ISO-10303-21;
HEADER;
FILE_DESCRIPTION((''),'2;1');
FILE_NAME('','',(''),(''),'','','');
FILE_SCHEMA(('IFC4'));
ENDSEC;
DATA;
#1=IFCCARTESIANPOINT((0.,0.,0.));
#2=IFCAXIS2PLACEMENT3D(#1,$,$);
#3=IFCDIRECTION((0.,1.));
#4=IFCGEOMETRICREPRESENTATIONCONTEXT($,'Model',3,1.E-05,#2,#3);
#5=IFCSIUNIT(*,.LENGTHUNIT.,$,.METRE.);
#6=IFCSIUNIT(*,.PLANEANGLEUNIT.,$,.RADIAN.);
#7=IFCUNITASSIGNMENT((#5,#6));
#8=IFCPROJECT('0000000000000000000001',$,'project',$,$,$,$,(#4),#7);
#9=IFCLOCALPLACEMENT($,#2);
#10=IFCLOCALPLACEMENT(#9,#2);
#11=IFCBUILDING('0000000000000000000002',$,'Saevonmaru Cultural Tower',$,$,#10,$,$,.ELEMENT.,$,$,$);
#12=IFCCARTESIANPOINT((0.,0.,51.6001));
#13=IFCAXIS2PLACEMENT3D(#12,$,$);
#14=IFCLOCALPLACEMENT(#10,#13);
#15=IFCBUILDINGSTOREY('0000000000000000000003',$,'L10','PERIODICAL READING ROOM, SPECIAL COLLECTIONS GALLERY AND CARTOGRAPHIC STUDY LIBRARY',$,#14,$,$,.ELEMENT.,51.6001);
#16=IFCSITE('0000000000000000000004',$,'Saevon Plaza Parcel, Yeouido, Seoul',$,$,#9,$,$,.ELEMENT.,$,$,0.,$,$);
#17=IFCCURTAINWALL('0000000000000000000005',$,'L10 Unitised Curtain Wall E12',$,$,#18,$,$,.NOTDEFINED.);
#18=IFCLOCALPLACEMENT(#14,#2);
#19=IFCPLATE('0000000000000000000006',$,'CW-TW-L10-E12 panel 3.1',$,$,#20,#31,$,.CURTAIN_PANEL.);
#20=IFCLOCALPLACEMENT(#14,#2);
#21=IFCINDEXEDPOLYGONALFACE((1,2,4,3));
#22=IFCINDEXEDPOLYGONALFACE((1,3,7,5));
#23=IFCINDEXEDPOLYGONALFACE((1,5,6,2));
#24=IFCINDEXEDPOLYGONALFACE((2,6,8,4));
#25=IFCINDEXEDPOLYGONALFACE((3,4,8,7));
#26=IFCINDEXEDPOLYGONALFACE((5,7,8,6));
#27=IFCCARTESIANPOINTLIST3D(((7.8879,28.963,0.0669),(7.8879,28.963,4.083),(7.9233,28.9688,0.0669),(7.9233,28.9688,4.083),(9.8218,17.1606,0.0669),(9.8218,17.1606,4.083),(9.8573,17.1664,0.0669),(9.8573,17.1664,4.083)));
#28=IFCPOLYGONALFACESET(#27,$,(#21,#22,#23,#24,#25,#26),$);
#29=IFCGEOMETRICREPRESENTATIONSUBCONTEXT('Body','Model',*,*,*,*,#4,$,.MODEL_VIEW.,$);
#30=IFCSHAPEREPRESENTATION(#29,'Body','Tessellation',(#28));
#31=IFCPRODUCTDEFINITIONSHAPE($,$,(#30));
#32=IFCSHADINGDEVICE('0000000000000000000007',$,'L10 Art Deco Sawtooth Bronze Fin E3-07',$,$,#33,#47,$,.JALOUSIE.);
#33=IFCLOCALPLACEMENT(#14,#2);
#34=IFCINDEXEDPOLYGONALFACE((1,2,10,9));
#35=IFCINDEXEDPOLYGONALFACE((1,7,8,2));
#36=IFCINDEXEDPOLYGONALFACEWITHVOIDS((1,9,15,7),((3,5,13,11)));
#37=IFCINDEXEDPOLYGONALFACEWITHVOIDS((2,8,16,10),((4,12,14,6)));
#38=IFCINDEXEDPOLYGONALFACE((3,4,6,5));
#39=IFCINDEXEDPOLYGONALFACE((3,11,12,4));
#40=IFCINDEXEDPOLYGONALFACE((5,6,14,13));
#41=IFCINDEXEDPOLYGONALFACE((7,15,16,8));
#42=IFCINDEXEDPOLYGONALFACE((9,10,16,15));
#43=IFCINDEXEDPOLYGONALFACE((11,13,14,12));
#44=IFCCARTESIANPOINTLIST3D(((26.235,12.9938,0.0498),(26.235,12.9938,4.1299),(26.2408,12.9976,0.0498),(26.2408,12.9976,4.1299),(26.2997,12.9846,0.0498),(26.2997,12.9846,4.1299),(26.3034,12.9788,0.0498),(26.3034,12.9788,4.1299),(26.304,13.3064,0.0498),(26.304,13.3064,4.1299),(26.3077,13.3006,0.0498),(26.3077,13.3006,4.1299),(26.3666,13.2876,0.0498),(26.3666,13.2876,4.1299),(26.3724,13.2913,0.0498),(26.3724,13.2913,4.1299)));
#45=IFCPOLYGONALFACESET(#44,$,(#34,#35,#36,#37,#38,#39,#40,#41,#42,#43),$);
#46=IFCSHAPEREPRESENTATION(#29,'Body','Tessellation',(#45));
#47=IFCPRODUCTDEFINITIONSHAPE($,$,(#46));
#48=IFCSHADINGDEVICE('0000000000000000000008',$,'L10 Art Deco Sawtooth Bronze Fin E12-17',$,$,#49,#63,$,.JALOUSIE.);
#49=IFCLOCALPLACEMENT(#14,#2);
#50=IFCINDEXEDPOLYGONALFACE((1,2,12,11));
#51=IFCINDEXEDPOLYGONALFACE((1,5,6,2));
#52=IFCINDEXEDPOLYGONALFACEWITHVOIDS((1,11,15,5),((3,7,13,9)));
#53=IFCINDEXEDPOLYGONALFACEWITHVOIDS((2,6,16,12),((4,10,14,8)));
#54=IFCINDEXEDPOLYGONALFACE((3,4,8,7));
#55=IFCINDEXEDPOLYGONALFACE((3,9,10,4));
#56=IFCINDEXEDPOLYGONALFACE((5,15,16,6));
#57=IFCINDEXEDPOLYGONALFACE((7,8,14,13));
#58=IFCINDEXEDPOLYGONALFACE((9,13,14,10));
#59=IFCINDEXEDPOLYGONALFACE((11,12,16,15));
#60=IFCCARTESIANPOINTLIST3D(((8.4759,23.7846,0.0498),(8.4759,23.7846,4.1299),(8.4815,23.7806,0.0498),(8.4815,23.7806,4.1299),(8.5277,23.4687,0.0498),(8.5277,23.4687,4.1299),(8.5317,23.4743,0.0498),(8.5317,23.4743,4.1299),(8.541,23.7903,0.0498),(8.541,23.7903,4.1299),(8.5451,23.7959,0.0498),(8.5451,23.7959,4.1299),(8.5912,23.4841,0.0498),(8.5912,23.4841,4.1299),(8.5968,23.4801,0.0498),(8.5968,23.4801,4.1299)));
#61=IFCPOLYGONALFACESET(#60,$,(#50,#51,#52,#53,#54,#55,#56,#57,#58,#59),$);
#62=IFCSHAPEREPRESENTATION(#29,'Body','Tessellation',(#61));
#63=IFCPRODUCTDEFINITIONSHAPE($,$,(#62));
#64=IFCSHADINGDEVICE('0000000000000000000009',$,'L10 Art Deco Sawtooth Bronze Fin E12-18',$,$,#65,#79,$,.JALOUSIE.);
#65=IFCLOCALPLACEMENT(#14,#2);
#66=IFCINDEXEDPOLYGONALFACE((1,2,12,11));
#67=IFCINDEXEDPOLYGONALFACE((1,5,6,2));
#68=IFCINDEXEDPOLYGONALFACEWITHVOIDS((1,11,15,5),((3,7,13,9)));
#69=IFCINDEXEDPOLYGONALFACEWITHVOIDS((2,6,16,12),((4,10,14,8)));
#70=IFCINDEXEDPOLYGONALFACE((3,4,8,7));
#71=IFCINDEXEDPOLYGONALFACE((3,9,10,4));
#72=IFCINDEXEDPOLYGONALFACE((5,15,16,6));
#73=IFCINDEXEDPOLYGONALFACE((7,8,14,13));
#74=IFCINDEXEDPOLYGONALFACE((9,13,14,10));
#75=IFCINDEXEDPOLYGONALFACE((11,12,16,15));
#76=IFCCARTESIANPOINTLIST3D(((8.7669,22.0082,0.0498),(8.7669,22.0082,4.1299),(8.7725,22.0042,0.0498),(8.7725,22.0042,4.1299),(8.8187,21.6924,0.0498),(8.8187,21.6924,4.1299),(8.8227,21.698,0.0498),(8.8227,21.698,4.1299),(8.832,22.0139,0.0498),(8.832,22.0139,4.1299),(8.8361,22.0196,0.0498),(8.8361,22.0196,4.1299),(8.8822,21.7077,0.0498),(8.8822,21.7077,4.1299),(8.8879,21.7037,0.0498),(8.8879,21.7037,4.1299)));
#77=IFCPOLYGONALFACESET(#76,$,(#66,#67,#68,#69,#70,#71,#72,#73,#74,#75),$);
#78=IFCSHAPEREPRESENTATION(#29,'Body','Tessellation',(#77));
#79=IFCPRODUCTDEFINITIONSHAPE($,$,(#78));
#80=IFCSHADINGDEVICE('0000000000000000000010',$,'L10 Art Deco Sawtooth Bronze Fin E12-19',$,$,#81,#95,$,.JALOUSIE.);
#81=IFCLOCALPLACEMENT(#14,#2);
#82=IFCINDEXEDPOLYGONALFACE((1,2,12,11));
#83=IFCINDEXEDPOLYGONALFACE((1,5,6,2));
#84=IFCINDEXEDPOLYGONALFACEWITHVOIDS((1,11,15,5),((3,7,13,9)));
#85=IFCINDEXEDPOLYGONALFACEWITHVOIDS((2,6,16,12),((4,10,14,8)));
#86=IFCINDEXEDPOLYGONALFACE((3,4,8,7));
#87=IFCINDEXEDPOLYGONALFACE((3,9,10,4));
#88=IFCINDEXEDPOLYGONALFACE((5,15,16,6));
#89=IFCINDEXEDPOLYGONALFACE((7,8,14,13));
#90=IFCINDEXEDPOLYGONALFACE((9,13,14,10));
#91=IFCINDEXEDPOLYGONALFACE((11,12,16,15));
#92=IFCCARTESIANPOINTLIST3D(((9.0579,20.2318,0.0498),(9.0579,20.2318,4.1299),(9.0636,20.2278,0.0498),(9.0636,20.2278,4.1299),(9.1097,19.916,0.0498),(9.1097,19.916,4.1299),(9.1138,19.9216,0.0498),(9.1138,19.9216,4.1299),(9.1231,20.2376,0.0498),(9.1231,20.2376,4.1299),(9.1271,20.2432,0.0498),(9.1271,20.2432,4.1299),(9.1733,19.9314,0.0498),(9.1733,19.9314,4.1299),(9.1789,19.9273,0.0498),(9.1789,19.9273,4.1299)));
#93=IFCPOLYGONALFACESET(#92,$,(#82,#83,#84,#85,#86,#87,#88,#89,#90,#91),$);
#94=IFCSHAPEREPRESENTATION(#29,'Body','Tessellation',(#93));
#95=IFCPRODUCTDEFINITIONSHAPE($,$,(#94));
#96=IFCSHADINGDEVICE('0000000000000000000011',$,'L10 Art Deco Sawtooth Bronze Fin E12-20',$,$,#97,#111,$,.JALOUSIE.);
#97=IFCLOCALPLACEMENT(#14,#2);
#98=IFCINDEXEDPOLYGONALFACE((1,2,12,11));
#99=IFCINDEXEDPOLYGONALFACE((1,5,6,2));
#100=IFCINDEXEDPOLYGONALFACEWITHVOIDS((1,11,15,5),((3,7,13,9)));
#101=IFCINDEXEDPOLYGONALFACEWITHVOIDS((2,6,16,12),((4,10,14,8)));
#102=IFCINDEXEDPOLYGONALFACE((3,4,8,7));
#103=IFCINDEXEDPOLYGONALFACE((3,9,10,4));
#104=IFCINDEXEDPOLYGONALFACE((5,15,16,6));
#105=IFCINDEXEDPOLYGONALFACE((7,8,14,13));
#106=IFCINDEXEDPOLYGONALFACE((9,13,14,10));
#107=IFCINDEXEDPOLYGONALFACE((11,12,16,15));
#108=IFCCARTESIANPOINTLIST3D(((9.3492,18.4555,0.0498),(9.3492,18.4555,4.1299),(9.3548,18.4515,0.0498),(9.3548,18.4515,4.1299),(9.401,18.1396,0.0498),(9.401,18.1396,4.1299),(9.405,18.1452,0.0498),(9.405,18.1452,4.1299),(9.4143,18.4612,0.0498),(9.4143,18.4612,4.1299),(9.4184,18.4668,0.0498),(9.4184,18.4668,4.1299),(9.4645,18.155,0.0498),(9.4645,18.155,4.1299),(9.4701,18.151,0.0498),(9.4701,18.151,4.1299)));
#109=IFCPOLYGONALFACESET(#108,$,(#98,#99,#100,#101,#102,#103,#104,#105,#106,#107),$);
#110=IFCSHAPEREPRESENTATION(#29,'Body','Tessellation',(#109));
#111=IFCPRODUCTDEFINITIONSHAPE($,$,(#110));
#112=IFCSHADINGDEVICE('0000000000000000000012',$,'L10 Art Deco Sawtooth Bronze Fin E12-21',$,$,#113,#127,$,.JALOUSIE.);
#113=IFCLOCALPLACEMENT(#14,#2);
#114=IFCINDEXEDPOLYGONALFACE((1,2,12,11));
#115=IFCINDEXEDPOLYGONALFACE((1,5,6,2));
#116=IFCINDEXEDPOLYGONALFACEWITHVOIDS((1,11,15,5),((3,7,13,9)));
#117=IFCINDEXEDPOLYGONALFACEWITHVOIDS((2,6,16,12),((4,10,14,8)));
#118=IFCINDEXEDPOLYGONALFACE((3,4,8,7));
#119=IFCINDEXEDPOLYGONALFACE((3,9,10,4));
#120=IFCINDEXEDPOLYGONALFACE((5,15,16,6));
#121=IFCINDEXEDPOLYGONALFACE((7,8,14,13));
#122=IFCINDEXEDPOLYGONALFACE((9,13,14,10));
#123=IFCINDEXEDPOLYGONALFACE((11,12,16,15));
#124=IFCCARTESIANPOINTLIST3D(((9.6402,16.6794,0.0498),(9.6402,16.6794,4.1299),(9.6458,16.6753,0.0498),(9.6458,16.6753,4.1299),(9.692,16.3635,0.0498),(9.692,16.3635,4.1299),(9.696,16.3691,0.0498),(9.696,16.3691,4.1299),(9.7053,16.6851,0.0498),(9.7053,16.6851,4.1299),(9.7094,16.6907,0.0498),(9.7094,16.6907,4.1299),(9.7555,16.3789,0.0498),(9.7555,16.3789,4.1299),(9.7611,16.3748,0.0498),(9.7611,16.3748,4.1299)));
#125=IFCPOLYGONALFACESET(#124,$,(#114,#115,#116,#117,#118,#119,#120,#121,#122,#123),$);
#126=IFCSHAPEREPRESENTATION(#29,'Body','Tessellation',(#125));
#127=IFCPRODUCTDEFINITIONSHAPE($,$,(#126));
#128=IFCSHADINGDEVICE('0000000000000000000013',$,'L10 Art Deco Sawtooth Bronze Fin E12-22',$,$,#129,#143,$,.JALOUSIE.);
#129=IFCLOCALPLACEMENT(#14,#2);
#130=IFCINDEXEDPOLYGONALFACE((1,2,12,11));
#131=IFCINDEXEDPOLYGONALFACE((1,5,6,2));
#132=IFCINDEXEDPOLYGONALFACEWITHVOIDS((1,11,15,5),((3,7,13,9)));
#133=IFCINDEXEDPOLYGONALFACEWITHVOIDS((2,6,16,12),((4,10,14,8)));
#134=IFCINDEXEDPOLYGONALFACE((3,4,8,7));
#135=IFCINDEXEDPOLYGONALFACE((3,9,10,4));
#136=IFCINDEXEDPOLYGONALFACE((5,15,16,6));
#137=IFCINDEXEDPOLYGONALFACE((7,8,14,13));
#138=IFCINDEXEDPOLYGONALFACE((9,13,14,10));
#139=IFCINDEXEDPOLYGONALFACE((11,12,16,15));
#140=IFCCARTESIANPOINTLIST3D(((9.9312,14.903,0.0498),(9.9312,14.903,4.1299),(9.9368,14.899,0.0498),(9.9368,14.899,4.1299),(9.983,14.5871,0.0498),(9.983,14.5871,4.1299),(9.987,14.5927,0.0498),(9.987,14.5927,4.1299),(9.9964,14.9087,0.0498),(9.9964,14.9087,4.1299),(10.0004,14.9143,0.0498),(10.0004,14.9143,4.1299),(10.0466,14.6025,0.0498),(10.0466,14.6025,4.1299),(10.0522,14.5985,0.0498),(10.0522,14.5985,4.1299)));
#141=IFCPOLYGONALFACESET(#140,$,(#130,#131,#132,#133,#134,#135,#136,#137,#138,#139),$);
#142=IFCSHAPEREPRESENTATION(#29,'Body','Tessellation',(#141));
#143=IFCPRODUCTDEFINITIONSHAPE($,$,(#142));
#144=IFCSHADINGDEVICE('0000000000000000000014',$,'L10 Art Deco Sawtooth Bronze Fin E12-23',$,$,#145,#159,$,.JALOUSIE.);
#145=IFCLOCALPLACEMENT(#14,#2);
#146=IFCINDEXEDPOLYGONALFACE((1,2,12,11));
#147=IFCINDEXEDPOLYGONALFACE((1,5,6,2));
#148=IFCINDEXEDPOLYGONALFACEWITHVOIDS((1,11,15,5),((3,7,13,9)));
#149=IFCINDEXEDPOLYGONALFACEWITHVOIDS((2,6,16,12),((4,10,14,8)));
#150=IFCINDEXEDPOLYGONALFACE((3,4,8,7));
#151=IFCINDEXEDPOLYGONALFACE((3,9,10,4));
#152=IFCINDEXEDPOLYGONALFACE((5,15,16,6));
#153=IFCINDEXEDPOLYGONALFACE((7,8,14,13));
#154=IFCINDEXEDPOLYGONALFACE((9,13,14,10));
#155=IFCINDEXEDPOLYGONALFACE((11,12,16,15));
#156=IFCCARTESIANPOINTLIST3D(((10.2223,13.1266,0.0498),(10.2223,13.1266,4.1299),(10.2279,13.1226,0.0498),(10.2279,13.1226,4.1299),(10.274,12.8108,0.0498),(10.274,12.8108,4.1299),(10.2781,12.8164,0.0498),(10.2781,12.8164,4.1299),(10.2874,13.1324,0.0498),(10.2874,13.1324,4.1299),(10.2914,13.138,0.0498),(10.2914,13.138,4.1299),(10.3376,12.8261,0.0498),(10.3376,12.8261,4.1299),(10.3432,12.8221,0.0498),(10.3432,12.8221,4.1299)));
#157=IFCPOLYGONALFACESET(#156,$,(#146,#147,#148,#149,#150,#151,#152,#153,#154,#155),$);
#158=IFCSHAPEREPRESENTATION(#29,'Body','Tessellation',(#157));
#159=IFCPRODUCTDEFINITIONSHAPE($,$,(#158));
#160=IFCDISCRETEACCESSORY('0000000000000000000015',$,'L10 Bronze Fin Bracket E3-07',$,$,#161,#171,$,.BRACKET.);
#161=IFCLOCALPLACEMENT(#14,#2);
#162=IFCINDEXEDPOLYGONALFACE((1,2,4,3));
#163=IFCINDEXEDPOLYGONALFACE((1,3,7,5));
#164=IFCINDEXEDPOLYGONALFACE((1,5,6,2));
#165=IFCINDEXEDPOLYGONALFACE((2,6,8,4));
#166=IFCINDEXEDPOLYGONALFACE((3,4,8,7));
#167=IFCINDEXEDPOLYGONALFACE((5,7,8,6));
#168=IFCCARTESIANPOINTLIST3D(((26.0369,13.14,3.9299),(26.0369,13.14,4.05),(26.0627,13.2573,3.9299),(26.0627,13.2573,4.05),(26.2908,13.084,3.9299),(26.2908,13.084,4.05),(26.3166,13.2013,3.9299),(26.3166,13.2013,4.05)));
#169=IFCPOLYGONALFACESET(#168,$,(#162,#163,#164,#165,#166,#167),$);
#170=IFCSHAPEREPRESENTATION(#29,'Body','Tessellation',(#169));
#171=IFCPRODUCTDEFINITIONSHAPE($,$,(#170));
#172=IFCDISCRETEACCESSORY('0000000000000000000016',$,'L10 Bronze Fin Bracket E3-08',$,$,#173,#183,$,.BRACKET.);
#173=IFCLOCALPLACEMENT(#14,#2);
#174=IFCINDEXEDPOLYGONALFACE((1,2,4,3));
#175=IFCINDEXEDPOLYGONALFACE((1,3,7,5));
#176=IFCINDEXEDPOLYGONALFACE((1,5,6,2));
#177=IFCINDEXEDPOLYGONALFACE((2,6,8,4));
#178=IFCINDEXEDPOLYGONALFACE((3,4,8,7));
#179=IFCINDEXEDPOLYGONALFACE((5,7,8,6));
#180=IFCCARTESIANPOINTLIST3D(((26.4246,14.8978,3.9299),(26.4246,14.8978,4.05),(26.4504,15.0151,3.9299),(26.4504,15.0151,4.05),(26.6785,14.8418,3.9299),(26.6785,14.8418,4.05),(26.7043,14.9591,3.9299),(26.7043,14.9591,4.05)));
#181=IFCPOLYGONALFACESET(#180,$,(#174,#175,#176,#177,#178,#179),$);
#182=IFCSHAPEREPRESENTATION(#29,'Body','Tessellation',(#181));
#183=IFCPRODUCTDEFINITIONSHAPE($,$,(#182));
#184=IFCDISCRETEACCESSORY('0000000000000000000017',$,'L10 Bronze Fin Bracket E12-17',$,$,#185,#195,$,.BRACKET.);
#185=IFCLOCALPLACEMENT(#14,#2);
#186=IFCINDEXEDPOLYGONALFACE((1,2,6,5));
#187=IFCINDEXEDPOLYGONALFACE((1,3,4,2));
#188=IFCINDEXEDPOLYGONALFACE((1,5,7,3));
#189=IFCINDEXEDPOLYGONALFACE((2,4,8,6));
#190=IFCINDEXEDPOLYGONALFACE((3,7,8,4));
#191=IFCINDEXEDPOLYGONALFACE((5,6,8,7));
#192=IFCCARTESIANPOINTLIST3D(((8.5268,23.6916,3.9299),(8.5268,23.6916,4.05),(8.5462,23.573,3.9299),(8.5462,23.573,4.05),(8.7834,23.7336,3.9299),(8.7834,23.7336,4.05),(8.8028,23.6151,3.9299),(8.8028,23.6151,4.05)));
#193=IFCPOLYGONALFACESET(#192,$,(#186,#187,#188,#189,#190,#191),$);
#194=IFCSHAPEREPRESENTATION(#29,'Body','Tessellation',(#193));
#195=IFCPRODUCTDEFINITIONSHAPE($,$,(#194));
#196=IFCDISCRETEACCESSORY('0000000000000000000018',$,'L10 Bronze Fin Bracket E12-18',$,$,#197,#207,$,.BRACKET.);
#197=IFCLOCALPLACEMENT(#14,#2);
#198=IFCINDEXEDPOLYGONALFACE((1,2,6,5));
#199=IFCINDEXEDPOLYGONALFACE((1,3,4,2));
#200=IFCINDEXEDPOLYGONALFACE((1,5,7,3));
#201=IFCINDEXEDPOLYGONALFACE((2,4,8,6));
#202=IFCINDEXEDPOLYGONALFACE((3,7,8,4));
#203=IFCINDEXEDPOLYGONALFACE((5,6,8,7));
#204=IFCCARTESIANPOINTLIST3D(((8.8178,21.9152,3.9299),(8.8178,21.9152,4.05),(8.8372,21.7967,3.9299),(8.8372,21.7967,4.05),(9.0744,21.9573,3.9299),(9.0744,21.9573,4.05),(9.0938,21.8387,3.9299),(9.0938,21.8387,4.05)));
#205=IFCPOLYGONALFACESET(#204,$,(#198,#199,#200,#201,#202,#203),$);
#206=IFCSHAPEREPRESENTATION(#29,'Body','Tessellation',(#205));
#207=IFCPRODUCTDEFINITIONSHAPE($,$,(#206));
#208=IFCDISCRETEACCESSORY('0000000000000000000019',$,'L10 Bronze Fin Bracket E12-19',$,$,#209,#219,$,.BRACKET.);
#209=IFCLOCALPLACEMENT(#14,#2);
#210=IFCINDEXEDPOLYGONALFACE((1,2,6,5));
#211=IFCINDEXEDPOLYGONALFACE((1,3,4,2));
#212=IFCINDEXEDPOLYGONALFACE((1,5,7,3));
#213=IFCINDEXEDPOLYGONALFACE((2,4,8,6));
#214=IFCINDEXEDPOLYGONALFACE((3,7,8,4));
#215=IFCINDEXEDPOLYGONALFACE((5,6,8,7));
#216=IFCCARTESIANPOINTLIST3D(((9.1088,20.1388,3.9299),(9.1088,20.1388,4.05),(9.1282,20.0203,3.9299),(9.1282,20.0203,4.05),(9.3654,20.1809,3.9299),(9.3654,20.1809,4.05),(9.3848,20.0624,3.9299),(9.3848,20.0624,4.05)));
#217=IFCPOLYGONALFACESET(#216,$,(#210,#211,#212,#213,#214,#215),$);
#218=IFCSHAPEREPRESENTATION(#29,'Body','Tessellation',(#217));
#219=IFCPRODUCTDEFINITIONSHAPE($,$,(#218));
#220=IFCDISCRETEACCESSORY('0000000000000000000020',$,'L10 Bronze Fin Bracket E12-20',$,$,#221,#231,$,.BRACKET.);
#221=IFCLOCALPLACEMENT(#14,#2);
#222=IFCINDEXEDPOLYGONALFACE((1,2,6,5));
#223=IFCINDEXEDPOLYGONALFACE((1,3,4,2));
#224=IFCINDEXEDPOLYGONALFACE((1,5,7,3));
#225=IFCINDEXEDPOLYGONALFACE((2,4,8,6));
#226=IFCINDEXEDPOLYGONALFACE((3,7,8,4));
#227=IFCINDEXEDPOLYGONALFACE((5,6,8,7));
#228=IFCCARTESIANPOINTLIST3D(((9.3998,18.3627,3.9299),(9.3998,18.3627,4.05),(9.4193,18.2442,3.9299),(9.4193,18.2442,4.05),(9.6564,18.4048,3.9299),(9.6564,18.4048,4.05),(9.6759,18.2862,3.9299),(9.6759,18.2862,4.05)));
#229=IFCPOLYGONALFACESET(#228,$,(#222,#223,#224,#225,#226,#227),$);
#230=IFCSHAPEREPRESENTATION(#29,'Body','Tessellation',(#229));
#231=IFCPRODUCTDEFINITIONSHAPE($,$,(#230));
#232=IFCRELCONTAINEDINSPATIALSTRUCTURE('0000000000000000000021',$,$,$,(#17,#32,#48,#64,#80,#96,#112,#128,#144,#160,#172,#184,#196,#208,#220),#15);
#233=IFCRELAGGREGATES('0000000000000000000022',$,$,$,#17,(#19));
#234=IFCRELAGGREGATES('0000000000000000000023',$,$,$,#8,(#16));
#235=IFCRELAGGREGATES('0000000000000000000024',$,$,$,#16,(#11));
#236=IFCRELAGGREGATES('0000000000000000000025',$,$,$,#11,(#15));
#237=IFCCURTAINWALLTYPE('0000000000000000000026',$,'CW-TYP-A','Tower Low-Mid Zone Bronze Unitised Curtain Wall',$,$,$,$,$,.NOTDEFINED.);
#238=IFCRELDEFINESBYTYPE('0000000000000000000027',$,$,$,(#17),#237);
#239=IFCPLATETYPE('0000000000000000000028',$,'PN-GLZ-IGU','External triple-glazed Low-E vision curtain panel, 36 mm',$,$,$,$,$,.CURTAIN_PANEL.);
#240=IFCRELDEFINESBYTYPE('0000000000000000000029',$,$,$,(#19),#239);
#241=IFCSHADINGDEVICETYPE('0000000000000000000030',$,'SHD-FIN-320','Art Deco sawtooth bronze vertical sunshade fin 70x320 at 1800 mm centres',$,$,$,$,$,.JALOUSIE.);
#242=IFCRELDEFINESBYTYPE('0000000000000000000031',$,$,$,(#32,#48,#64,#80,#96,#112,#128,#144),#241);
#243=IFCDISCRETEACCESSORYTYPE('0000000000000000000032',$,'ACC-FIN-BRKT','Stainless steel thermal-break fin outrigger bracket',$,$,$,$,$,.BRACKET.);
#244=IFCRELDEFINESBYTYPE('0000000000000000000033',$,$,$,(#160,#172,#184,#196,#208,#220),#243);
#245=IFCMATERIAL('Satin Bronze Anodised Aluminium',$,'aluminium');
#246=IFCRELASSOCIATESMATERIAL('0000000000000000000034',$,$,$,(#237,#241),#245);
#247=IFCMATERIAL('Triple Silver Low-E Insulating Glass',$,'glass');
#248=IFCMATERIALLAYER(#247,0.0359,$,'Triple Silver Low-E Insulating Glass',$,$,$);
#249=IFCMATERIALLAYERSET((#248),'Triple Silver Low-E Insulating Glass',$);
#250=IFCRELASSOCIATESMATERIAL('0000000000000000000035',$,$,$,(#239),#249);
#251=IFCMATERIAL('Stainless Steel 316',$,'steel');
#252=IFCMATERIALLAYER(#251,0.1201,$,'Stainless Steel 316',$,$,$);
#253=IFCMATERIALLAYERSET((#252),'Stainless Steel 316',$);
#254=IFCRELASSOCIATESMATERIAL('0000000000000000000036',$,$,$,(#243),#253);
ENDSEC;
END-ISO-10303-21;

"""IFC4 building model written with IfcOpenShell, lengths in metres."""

from ifc_helpers import new_model, si_unit, direction, frame, origin, origin_2d, place, context, subcontext, project, spatial, rectangle, hollow_rectangle, extrude, material, layer, layer_set, material_profile, profile_set, type_object, element, aggregate, save


model = new_model("IFC4")

# Units and contexts
model_context = context("Model", 3, precision=1e-05, world=origin(), true_north=direction((0.0, 1.0)))
body_context = subcontext(model_context, "Body", "Model", "MODEL_VIEW")
ifc_project = project(units=[si_unit("LENGTHUNIT", "METRE"), si_unit("PLANEANGLEUNIT", "RADIAN")], contexts=[model_context])

# Site, building, storey
site_placement = place(None, origin())
site = spatial("IfcSite", under=ifc_project, at=site_placement, Name="Saevon Plaza Parcel, Yeouido, Seoul", CompositionType="ELEMENT", RefElevation=0.0)
building_placement = place(site_placement, origin())
building = spatial("IfcBuilding", under=site, at=building_placement, Name="Saevonmaru Cultural Tower", CompositionType="ELEMENT")
storey_placement = place(building_placement, frame((0.0, 0.0, 51.6001)))
storey = spatial("IfcBuildingStorey", under=building, at=storey_placement, Name="L10", Description="PERIODICAL READING ROOM, SPECIAL COLLECTIONS GALLERY AND CARTOGRAPHIC STUDY LIBRARY", CompositionType="ELEMENT", Elevation=51.6001)

# Curtain wall
ifc_material_1 = material(Name="Satin Bronze Anodised Aluminium", Category="aluminium")
curtain_wall_type_1 = type_object("IfcCurtainWallType", Name="CW-TYP-A", Description="Tower Low-Mid Zone Bronze Unitised Curtain Wall", PredefinedType="NOTDEFINED", material=ifc_material_1)
curtain_wall_1_placement = place(storey_placement, origin())
curtain_wall_1 = element("IfcCurtainWall", 1, at=curtain_wall_1_placement, inside=storey, type_object=curtain_wall_type_1, Name="L10 Unitised Curtain Wall E12", PredefinedType="NOTDEFINED")

# Plate
ifc_material_2 = material(Name="Triple Silver Low-E Insulating Glass", Category="glass")
ifc_layer_1 = layer(ifc_material_2, 0.0359, Name="Triple Silver Low-E Insulating Glass")
ifc_layer_set_1 = layer_set([ifc_layer_1], Name="Triple Silver Low-E Insulating Glass")
plate_type = type_object("IfcPlateType", Name="PN-GLZ-IGU", Description="External triple-glazed Low-E vision curtain panel, 36 mm", PredefinedType="CURTAIN_PANEL", material=ifc_layer_set_1)
plate_placement = place(storey_placement, frame((8.8726, 23.0647, 0.0669), z_axis=(0.0, 0.0, 1.0), x_axis=(0.161709, -0.986839, 0.0)))
plate = element("IfcPlate", 2, at=plate_placement, type_object=plate_type, Name="CW-TW-L10-E12 panel 3.1", PredefinedType="CURTAIN_PANEL", context=body_context, shape_type="SweptSolid", body=[
    extrude(rectangle(XDim=11.9597, YDim=0.0359, at=origin_2d()), origin(), (0.0, 0.0, 1.0), 4.0161),
])
aggregate(curtain_wall_1, [plate])

# Shading devices
ifc_material_profile_1 = material_profile(ifc_material_1, hollow_rectangle(XDim=0.0701, YDim=0.3201, WallThickness=0.0049, at=origin_2d()), Name="FIN-320x70")
ifc_profile_set_1 = profile_set([ifc_material_profile_1], Name="Satin Bronze Anodised Aluminium")
shading_device_type = type_object("IfcShadingDeviceType", Name="SHD-FIN-320", Description="Art Deco sawtooth bronze vertical sunshade fin 70x320 at 1800 mm centres", PredefinedType="JALOUSIE", material=ifc_profile_set_1)
for number, where, z_axis, x_axis, name in (
    (3, (26.3037, 13.1426, 0.0498), (0.0, 0.0, 1.0), (0.976522, -0.215417, 0.0), "L10 Art Deco Sawtooth Bronze Fin E3-07"),
    (4, (8.5364, 23.6323, 0.0498), (0.0, 0.0, 1.0), (-0.986827, -0.161776, 0.0), "L10 Art Deco Sawtooth Bronze Fin E12-17"),
    (5, (8.8274, 21.856, 0.0498), (0.0, 0.0, 1.0), (-0.986827, -0.161776, 0.0), "L10 Art Deco Sawtooth Bronze Fin E12-18"),
    (6, (9.1184, 20.0796, 0.0498), (0.0, 0.0, 1.0), (-0.986827, -0.161776, 0.0), "L10 Art Deco Sawtooth Bronze Fin E12-19"),
    (7, (9.4097, 18.3032, 0.0498), (0.0, 0.0, 1.0), (-0.986827, -0.161776, 0.0), "L10 Art Deco Sawtooth Bronze Fin E12-20"),
    (8, (9.7007, 16.5271, 0.0498), (0.0, 0.0, 1.0), (-0.986827, -0.161776, 0.0), "L10 Art Deco Sawtooth Bronze Fin E12-21"),
    (9, (9.9917, 14.7507, 0.0498), (0.0, 0.0, 1.0), (-0.986827, -0.161776, 0.0), "L10 Art Deco Sawtooth Bronze Fin E12-22"),
    (10, (10.2827, 12.9744, 0.0498), (0.0, 0.0, 1.0), (-0.986827, -0.161776, 0.0), "L10 Art Deco Sawtooth Bronze Fin E12-23"),
):
    element("IfcShadingDevice", number, at=place(storey_placement, frame(where, z_axis=z_axis, x_axis=x_axis)), inside=storey, type_object=shading_device_type, Name=name, PredefinedType="JALOUSIE", context=body_context, shape_type="SweptSolid", body=[
        extrude(hollow_rectangle(XDim=0.0701, YDim=0.3201, WallThickness=0.0049, at=origin_2d()), origin(), (0.0, 0.0, 1.0), 4.0801),
    ])

# Discrete accessories
ifc_material_3 = material(Name="Stainless Steel 316", Category="steel")
ifc_layer_2 = layer(ifc_material_3, 0.1201, Name="Stainless Steel 316")
ifc_layer_set_2 = layer_set([ifc_layer_2], Name="Stainless Steel 316")
discrete_accessory_type = type_object("IfcDiscreteAccessoryType", Name="ACC-FIN-BRKT", Description="Stainless steel thermal-break fin outrigger bracket", PredefinedType="BRACKET", material=ifc_layer_set_2)
for number, where, z_axis, x_axis, name in (
    (11, (26.1768, 13.1707, 3.9299), (0.0, 0.0, 1.0), (0.976522, -0.215417, 0.0), "L10 Bronze Fin Bracket E3-07"),
    (12, (26.5645, 14.9285, 3.9299), (0.0, 0.0, 1.0), (0.976522, -0.215417, 0.0), "L10 Bronze Fin Bracket E3-08"),
    (13, (8.6648, 23.6533, 3.9299), (0.0, 0.0, 1.0), (-0.986827, -0.161776, 0.0), "L10 Bronze Fin Bracket E12-17"),
    (14, (8.9558, 21.877, 3.9299), (0.0, 0.0, 1.0), (-0.986827, -0.161776, 0.0), "L10 Bronze Fin Bracket E12-18"),
    (15, (9.2468, 20.1006, 3.9299), (0.0, 0.0, 1.0), (-0.986827, -0.161776, 0.0), "L10 Bronze Fin Bracket E12-19"),
    (16, (9.5378, 18.3245, 3.9299), (0.0, 0.0, 1.0), (-0.986827, -0.161776, 0.0), "L10 Bronze Fin Bracket E12-20"),
):
    element("IfcDiscreteAccessory", number, at=place(storey_placement, frame(where, z_axis=z_axis, x_axis=x_axis)), inside=storey, type_object=discrete_accessory_type, Name=name, PredefinedType="BRACKET", context=body_context, shape_type="SweptSolid", body=[
        extrude(rectangle(XDim=0.26, YDim=0.1201, at=origin_2d()), origin(), (0.0, 0.0, 1.0), 0.1201),
    ])

save(model, "model.ifc")
